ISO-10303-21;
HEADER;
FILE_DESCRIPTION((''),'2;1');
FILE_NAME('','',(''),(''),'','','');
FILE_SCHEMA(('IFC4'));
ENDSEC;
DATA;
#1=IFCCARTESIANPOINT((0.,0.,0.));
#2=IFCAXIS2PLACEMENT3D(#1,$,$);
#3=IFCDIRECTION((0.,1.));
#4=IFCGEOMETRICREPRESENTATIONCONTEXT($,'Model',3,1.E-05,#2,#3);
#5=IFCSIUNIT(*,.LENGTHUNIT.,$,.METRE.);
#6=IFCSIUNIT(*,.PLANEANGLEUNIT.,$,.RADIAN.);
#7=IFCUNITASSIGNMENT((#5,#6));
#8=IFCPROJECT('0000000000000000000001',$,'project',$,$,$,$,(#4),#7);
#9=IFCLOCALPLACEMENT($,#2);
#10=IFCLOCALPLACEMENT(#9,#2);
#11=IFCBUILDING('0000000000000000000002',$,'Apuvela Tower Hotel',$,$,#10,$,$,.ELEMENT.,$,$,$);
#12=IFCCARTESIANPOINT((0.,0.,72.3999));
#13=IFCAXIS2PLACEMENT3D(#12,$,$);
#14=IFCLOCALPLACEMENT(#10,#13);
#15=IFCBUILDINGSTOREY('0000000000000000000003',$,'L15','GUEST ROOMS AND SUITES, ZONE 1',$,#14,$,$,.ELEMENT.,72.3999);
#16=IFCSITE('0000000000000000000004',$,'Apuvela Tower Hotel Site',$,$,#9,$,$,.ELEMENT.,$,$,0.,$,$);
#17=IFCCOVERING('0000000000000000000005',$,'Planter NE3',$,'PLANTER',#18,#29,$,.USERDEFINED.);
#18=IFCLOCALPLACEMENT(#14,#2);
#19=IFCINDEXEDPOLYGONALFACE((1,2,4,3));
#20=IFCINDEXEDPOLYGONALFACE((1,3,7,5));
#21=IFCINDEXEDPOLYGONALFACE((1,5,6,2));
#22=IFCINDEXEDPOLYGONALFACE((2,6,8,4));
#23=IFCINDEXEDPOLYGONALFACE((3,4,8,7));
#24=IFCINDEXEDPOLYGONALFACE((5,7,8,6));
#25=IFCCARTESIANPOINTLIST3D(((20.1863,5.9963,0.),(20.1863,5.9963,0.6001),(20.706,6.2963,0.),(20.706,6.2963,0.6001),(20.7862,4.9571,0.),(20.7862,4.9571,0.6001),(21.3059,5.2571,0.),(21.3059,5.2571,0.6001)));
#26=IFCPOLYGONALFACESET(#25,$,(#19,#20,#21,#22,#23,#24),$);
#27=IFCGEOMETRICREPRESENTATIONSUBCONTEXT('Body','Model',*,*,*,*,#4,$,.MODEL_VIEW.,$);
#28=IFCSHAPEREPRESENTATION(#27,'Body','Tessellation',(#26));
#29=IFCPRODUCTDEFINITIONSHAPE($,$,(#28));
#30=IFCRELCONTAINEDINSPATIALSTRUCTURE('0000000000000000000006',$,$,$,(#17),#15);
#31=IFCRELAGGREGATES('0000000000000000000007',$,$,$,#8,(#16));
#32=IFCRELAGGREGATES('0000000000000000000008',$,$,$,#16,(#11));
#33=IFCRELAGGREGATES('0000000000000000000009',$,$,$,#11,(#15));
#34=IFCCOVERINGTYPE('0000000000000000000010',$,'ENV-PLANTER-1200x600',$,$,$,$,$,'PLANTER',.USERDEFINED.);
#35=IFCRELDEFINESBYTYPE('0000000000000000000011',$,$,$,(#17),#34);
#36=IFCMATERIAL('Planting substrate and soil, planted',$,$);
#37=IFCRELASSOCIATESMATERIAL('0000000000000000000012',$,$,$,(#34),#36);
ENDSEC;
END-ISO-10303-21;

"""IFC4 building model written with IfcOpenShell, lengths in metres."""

from ifc_helpers import new_model, si_unit, direction, frame, origin, origin_2d, place, context, subcontext, project, spatial, rectangle, extrude, material, type_object, element, save


model = new_model("IFC4")

# Units and contexts
model_context = context("Model", 3, precision=1e-05, world=origin(), true_north=direction((0.0, 1.0)))
body_context = subcontext(model_context, "Body", "Model", "MODEL_VIEW")
ifc_project = project(units=[si_unit("LENGTHUNIT", "METRE"), si_unit("PLANEANGLEUNIT", "RADIAN")], contexts=[model_context])

# Site, building, storey
site_placement = place(None, origin())
site = spatial("IfcSite", under=ifc_project, at=site_placement, Name="Apuvela Tower Hotel Site", CompositionType="ELEMENT", RefElevation=0.0)
building_placement = place(site_placement, origin())
building = spatial("IfcBuilding", under=site, at=building_placement, Name="Apuvela Tower Hotel", CompositionType="ELEMENT")
storey_placement = place(building_placement, frame((0.0, 0.0, 72.3999)))
storey = spatial("IfcBuildingStorey", under=building, at=storey_placement, Name="L15", Description="GUEST ROOMS AND SUITES, ZONE 1", CompositionType="ELEMENT", Elevation=72.3999)

# Covering
ifc_material_1 = material(Name="Planting substrate and soil, planted")
covering_type = type_object("IfcCoveringType", Name="ENV-PLANTER-1200x600", ElementType="PLANTER", PredefinedType="USERDEFINED", material=ifc_material_1)
covering_placement = place(storey_placement, frame((20.7461, 5.6267, 0.0), z_axis=(0.0, 0.0, 1.0), x_axis=(-0.5, 0.866025, 0.0)))
element("IfcCovering", 1, at=covering_placement, inside=storey, type_object=covering_type, Name="Planter NE3", ObjectType="PLANTER", PredefinedType="USERDEFINED", context=body_context, shape_type="SweptSolid", body=[
    extrude(rectangle(XDim=1.2, YDim=0.6001, at=origin_2d()), origin(), (0.0, 0.0, 1.0), 0.6001),
])

save(model, "model.ifc")
